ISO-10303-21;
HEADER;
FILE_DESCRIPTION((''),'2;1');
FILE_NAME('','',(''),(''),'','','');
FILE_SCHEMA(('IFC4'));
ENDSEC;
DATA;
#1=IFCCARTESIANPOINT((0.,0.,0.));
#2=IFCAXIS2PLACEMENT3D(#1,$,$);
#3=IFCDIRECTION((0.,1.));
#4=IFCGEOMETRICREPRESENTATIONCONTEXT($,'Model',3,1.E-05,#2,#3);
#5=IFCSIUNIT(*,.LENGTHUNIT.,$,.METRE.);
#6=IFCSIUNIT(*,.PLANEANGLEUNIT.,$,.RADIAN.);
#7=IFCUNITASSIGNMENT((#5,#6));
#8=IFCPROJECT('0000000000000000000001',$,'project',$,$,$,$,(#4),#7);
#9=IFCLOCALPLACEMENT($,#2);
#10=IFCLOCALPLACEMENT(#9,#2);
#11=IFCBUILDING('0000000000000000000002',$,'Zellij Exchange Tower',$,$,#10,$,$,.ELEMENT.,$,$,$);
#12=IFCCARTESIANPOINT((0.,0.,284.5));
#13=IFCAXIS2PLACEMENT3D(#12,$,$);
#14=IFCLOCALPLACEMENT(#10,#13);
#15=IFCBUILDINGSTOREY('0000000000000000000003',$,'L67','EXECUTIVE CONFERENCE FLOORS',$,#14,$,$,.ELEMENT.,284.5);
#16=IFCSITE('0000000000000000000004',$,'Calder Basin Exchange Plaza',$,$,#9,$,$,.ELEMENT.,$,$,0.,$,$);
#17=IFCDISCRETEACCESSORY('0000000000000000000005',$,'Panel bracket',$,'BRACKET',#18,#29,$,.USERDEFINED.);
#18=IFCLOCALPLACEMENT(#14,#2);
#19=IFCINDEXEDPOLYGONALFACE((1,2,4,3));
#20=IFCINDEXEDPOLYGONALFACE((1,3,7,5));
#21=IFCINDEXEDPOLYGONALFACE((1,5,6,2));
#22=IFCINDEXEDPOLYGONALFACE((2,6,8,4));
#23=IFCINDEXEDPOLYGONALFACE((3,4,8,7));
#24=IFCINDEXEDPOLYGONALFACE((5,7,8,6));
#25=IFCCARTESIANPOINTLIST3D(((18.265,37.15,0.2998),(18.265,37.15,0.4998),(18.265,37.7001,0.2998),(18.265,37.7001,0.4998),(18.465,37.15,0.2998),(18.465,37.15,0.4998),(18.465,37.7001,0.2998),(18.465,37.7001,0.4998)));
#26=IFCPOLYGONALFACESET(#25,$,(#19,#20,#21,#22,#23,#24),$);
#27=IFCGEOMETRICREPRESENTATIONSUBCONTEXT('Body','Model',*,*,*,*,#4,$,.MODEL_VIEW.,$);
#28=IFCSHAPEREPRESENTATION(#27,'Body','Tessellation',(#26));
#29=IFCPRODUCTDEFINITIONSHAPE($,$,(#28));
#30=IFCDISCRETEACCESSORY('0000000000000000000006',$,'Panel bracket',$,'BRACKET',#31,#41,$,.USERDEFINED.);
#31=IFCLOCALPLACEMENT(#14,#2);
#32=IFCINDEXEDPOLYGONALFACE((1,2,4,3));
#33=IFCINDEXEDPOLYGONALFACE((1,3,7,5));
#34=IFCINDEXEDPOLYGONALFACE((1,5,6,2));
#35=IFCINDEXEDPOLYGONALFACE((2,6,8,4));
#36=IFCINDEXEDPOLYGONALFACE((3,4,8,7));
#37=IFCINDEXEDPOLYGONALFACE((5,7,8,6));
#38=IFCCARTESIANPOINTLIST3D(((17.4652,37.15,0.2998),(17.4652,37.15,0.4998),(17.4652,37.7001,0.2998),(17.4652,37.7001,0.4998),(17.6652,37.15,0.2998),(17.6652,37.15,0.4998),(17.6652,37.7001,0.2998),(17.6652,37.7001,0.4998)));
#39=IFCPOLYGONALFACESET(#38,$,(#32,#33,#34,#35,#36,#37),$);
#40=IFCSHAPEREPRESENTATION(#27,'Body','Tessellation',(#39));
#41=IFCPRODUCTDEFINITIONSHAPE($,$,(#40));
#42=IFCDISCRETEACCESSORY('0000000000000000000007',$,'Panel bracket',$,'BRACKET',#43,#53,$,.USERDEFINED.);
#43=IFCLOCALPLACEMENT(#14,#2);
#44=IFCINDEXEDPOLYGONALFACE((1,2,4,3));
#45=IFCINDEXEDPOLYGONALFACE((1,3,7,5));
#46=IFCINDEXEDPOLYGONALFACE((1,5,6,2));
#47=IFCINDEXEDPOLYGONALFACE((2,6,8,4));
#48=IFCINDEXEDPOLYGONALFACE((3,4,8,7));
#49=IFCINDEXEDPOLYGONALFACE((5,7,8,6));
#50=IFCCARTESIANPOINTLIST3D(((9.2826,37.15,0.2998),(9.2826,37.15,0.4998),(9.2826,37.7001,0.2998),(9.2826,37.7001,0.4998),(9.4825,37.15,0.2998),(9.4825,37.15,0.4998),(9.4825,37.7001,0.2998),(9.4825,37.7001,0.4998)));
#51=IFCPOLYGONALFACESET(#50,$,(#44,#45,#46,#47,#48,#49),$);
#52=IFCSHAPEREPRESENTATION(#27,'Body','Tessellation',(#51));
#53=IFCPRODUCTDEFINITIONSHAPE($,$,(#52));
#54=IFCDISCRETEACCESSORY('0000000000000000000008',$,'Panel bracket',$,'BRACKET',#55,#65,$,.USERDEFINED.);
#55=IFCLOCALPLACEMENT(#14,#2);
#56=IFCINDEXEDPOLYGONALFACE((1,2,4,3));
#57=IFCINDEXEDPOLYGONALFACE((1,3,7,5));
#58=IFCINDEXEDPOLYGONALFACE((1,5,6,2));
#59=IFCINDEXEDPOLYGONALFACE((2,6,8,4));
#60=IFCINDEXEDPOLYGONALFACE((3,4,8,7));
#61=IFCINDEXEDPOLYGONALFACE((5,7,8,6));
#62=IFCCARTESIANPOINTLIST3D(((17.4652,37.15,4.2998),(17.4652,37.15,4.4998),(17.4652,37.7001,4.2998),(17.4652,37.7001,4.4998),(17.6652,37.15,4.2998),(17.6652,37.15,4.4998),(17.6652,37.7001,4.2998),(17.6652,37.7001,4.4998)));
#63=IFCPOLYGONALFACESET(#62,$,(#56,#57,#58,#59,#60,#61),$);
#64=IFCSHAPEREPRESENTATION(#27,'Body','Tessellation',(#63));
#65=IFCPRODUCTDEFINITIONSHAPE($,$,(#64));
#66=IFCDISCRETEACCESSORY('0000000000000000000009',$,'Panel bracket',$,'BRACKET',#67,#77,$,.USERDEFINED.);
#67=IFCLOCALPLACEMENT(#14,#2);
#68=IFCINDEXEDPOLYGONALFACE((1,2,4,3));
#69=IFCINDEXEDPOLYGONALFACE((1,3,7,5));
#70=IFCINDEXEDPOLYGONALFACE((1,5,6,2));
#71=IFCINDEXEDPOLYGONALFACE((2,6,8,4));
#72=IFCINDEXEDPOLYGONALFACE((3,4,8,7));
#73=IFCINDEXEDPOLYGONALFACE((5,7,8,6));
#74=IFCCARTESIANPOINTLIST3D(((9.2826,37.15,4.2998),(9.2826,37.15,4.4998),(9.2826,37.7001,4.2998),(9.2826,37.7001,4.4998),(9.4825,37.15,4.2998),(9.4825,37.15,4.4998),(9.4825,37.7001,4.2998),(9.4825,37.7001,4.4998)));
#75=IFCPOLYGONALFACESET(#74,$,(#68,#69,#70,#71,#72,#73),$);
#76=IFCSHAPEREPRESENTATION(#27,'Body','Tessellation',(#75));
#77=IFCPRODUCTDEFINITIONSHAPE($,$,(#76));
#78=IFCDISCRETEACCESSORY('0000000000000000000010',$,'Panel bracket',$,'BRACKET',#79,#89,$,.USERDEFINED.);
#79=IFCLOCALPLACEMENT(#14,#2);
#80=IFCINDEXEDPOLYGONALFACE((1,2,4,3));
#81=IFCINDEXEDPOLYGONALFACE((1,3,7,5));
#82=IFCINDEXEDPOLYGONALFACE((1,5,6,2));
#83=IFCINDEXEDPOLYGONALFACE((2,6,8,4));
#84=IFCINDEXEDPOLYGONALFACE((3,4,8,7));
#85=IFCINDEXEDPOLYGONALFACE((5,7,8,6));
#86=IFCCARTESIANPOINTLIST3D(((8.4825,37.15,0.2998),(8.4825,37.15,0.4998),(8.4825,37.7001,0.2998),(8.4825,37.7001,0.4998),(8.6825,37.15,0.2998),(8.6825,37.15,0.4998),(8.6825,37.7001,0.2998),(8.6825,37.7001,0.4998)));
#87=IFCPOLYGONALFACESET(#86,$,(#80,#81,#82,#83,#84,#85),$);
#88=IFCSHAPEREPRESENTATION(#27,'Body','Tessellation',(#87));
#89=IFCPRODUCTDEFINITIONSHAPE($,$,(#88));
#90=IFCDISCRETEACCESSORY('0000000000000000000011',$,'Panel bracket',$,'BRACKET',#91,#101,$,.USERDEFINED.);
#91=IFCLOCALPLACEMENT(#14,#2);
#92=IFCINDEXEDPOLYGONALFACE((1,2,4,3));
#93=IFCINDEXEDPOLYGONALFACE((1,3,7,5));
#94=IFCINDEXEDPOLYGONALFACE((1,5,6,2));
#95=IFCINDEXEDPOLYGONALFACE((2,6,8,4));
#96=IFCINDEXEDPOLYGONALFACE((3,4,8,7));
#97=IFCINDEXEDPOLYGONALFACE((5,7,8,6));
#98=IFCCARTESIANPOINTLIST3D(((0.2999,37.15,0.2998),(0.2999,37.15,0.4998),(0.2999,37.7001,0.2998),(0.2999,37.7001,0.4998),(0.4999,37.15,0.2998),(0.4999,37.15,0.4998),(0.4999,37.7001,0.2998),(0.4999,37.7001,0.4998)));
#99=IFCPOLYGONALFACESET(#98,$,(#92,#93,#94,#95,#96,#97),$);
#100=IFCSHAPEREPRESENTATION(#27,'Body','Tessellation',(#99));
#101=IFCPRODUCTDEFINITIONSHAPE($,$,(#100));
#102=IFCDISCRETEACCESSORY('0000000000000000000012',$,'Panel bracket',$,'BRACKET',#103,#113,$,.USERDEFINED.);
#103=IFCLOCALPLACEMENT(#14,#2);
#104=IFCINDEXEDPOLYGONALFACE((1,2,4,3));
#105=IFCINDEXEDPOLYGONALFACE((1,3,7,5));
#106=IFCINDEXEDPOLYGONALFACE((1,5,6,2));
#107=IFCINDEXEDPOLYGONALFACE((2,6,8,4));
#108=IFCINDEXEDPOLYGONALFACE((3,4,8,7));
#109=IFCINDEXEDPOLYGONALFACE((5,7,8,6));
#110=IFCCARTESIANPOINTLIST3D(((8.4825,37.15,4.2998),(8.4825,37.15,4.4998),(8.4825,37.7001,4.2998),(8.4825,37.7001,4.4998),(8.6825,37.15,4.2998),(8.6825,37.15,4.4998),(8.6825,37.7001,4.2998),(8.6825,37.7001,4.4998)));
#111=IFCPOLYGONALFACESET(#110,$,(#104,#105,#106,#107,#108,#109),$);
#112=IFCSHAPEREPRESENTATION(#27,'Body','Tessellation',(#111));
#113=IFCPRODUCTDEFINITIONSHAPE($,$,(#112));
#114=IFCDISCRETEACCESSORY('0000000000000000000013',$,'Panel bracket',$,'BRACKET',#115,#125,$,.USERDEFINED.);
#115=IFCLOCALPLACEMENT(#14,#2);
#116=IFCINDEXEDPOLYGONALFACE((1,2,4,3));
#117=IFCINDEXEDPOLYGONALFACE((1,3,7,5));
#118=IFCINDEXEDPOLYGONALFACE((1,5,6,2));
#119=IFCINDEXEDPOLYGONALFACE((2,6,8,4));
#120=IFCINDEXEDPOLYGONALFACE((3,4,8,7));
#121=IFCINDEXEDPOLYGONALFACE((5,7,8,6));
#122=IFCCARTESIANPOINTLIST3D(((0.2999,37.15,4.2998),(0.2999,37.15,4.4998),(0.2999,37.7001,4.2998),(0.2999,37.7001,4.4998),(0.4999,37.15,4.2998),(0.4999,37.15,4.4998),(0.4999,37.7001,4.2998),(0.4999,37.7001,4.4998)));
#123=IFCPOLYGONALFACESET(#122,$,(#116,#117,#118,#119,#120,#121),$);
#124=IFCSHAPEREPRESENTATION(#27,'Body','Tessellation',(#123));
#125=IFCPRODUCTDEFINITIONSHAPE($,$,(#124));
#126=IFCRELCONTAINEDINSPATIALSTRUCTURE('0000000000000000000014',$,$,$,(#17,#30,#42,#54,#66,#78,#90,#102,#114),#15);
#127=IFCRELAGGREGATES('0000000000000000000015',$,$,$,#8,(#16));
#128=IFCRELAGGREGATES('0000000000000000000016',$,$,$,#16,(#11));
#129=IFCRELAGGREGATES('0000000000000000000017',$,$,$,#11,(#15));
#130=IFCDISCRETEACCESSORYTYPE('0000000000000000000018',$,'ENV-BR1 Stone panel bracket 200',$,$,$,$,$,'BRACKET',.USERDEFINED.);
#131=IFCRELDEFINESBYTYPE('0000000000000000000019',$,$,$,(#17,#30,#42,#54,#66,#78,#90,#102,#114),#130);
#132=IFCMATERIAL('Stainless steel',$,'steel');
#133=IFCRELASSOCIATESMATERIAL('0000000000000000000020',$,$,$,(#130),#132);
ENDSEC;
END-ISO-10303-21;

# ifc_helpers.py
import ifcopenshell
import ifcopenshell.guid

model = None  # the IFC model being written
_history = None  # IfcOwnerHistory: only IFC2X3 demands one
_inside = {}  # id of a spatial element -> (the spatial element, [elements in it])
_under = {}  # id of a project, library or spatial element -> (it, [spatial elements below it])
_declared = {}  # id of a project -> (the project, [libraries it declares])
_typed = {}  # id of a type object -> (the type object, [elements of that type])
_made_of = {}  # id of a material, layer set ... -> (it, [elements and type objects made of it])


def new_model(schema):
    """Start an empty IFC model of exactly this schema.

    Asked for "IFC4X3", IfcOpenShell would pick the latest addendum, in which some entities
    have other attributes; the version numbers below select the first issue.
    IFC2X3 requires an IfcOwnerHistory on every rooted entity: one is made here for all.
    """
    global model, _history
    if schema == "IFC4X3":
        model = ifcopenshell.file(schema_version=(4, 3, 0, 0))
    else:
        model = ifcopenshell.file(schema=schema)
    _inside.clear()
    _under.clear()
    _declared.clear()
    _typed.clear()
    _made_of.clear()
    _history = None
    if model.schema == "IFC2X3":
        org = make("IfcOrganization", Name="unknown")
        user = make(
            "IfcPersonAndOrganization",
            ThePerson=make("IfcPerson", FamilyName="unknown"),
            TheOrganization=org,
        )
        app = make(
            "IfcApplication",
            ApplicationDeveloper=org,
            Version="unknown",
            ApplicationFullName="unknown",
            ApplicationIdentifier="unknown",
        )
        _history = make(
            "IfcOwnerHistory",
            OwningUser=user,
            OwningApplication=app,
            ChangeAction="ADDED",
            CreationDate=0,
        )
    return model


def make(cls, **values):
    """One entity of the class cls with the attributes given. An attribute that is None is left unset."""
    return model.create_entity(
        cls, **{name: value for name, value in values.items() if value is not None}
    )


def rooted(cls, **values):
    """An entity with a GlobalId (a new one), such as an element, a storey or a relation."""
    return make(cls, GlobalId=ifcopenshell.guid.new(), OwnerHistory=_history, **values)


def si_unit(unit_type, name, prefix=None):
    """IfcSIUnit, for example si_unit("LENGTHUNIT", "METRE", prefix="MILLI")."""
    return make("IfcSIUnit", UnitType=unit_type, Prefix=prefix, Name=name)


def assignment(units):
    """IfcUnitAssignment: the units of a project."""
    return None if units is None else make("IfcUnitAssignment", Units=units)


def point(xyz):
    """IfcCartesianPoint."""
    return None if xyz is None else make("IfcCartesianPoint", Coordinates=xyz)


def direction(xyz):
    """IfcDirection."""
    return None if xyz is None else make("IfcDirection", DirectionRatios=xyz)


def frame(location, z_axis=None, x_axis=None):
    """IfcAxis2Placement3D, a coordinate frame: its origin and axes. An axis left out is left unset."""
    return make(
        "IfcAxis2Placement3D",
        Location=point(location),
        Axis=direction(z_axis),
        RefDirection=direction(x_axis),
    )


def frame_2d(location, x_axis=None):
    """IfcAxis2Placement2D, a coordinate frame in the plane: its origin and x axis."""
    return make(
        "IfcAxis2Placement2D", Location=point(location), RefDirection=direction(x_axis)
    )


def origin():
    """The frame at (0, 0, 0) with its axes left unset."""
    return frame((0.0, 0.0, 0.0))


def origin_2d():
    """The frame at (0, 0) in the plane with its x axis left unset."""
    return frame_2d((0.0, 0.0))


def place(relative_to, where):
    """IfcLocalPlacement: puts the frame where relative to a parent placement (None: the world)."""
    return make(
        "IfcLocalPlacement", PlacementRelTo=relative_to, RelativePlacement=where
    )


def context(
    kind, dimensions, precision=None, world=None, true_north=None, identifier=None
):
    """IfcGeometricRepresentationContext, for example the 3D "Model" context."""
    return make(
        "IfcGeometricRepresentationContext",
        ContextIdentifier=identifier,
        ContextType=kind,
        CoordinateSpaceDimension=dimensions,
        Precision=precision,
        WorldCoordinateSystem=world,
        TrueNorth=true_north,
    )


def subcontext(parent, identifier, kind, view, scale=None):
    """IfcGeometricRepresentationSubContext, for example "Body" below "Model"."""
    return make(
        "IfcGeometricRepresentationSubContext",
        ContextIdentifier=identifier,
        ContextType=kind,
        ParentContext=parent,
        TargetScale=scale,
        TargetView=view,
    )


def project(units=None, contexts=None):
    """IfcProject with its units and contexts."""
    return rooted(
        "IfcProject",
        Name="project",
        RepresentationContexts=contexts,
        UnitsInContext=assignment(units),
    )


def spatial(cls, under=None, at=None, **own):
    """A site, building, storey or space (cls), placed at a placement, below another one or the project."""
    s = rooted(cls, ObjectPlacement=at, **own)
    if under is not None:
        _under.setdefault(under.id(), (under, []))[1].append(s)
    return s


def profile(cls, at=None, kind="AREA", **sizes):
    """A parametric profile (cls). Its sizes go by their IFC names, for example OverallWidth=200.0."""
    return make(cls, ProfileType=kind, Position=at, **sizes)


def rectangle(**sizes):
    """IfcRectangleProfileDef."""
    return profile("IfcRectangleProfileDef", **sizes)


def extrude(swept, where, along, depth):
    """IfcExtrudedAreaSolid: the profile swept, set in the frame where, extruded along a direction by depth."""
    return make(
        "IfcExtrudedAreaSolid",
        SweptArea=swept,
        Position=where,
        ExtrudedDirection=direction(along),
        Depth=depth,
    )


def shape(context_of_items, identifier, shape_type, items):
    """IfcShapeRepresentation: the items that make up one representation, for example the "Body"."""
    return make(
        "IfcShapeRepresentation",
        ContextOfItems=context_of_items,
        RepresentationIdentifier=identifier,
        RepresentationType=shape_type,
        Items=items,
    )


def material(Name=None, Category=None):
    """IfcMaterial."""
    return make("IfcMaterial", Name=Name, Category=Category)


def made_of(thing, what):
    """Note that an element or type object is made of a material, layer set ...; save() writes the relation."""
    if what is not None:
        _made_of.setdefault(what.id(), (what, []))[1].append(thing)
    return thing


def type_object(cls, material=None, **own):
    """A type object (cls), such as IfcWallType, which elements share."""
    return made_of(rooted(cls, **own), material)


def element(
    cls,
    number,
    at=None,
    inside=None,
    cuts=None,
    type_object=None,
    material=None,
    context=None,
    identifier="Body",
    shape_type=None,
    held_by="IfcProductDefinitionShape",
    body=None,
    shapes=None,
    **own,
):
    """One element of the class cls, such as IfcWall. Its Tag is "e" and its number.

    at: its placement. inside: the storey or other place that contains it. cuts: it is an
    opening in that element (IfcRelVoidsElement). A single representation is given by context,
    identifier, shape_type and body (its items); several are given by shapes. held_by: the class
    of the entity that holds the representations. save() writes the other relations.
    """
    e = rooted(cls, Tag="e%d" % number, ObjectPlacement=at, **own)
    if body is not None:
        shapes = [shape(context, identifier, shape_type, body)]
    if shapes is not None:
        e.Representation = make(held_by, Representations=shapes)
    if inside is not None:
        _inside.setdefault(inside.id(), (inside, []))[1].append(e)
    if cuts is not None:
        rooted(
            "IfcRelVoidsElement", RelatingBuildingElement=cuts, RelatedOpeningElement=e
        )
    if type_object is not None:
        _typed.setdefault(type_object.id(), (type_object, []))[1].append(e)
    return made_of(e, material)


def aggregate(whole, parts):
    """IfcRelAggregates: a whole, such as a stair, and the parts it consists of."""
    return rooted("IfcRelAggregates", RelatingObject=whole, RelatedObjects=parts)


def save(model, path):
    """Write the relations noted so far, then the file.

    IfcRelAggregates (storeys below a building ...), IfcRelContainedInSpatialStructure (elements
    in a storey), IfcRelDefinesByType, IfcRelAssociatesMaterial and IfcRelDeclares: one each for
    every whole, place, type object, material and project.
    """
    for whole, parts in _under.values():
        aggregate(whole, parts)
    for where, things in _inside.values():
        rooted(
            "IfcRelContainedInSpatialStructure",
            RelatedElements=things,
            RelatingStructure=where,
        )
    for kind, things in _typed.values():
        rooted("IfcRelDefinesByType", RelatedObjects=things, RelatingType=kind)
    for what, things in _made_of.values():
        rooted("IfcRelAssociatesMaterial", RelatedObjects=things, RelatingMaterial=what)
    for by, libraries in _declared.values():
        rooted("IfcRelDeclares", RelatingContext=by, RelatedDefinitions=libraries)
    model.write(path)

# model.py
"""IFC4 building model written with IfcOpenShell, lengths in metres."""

from ifc_helpers import new_model, si_unit, direction, frame, origin, origin_2d, place, context, subcontext, project, spatial, rectangle, extrude, material, type_object, element, save


model = new_model("IFC4")

# Units and contexts
model_context = context("Model", 3, precision=1e-05, world=origin(), true_north=direction((0.0, 1.0)))
body_context = subcontext(model_context, "Body", "Model", "MODEL_VIEW")
ifc_project = project(units=[si_unit("LENGTHUNIT", "METRE"), si_unit("PLANEANGLEUNIT", "RADIAN")], contexts=[model_context])

# Site, building, storey
site_placement = place(None, origin())
site = spatial("IfcSite", under=ifc_project, at=site_placement, Name="Calder Basin Exchange Plaza", CompositionType="ELEMENT", RefElevation=0.0)
building_placement = place(site_placement, origin())
building = spatial("IfcBuilding", under=site, at=building_placement, Name="Zellij Exchange Tower", CompositionType="ELEMENT")
storey_placement = place(building_placement, frame((0.0, 0.0, 284.5)))
storey = spatial("IfcBuildingStorey", under=building, at=storey_placement, Name="L67", Description="EXECUTIVE CONFERENCE FLOORS", CompositionType="ELEMENT", Elevation=284.5)

# Discrete accessories
ifc_material_1 = material(Name="Stainless steel", Category="steel")
discrete_accessory_type = type_object("IfcDiscreteAccessoryType", Name="ENV-BR1 Stone panel bracket 200", ElementType="BRACKET", PredefinedType="USERDEFINED", material=ifc_material_1)
for number, where, z_axis, x_axis, name in (
    (1, (18.365, 37.425, 0.2998), (0.0, 0.0, 1.0), (-1.0, 0.0, 0.0), "Panel bracket"),
    (2, (17.5652, 37.425, 0.2998), (0.0, 0.0, 1.0), (-1.0, 0.0, 0.0), "Panel bracket"),
    (3, (9.3826, 37.425, 0.2998), (0.0, 0.0, 1.0), (-1.0, 0.0, 0.0), "Panel bracket"),
    (4, (17.5652, 37.425, 4.2998), (0.0, 0.0, 1.0), (-1.0, 0.0, 0.0), "Panel bracket"),
    (5, (9.3826, 37.425, 4.2998), (0.0, 0.0, 1.0), (-1.0, 0.0, 0.0), "Panel bracket"),
    (6, (8.5825, 37.425, 0.2998), (0.0, 0.0, 1.0), (-1.0, 0.0, 0.0), "Panel bracket"),
    (7, (0.3999, 37.425, 0.2998), (0.0, 0.0, 1.0), (-1.0, 0.0, 0.0), "Panel bracket"),
    (8, (8.5825, 37.425, 4.2998), (0.0, 0.0, 1.0), (-1.0, 0.0, 0.0), "Panel bracket"),
    (9, (0.3999, 37.425, 4.2998), (0.0, 0.0, 1.0), (-1.0, 0.0, 0.0), "Panel bracket"),
):
    element("IfcDiscreteAccessory", number, at=place(storey_placement, frame(where, z_axis=z_axis, x_axis=x_axis)), inside=storey, type_object=discrete_accessory_type, Name=name, ObjectType="BRACKET", PredefinedType="USERDEFINED", context=body_context, shape_type="SweptSolid", body=[
        extrude(rectangle(XDim=0.2, YDim=0.55, at=origin_2d()), origin(), (0.0, 0.0, 1.0), 0.2),
    ])

save(model, "model.ifc")
